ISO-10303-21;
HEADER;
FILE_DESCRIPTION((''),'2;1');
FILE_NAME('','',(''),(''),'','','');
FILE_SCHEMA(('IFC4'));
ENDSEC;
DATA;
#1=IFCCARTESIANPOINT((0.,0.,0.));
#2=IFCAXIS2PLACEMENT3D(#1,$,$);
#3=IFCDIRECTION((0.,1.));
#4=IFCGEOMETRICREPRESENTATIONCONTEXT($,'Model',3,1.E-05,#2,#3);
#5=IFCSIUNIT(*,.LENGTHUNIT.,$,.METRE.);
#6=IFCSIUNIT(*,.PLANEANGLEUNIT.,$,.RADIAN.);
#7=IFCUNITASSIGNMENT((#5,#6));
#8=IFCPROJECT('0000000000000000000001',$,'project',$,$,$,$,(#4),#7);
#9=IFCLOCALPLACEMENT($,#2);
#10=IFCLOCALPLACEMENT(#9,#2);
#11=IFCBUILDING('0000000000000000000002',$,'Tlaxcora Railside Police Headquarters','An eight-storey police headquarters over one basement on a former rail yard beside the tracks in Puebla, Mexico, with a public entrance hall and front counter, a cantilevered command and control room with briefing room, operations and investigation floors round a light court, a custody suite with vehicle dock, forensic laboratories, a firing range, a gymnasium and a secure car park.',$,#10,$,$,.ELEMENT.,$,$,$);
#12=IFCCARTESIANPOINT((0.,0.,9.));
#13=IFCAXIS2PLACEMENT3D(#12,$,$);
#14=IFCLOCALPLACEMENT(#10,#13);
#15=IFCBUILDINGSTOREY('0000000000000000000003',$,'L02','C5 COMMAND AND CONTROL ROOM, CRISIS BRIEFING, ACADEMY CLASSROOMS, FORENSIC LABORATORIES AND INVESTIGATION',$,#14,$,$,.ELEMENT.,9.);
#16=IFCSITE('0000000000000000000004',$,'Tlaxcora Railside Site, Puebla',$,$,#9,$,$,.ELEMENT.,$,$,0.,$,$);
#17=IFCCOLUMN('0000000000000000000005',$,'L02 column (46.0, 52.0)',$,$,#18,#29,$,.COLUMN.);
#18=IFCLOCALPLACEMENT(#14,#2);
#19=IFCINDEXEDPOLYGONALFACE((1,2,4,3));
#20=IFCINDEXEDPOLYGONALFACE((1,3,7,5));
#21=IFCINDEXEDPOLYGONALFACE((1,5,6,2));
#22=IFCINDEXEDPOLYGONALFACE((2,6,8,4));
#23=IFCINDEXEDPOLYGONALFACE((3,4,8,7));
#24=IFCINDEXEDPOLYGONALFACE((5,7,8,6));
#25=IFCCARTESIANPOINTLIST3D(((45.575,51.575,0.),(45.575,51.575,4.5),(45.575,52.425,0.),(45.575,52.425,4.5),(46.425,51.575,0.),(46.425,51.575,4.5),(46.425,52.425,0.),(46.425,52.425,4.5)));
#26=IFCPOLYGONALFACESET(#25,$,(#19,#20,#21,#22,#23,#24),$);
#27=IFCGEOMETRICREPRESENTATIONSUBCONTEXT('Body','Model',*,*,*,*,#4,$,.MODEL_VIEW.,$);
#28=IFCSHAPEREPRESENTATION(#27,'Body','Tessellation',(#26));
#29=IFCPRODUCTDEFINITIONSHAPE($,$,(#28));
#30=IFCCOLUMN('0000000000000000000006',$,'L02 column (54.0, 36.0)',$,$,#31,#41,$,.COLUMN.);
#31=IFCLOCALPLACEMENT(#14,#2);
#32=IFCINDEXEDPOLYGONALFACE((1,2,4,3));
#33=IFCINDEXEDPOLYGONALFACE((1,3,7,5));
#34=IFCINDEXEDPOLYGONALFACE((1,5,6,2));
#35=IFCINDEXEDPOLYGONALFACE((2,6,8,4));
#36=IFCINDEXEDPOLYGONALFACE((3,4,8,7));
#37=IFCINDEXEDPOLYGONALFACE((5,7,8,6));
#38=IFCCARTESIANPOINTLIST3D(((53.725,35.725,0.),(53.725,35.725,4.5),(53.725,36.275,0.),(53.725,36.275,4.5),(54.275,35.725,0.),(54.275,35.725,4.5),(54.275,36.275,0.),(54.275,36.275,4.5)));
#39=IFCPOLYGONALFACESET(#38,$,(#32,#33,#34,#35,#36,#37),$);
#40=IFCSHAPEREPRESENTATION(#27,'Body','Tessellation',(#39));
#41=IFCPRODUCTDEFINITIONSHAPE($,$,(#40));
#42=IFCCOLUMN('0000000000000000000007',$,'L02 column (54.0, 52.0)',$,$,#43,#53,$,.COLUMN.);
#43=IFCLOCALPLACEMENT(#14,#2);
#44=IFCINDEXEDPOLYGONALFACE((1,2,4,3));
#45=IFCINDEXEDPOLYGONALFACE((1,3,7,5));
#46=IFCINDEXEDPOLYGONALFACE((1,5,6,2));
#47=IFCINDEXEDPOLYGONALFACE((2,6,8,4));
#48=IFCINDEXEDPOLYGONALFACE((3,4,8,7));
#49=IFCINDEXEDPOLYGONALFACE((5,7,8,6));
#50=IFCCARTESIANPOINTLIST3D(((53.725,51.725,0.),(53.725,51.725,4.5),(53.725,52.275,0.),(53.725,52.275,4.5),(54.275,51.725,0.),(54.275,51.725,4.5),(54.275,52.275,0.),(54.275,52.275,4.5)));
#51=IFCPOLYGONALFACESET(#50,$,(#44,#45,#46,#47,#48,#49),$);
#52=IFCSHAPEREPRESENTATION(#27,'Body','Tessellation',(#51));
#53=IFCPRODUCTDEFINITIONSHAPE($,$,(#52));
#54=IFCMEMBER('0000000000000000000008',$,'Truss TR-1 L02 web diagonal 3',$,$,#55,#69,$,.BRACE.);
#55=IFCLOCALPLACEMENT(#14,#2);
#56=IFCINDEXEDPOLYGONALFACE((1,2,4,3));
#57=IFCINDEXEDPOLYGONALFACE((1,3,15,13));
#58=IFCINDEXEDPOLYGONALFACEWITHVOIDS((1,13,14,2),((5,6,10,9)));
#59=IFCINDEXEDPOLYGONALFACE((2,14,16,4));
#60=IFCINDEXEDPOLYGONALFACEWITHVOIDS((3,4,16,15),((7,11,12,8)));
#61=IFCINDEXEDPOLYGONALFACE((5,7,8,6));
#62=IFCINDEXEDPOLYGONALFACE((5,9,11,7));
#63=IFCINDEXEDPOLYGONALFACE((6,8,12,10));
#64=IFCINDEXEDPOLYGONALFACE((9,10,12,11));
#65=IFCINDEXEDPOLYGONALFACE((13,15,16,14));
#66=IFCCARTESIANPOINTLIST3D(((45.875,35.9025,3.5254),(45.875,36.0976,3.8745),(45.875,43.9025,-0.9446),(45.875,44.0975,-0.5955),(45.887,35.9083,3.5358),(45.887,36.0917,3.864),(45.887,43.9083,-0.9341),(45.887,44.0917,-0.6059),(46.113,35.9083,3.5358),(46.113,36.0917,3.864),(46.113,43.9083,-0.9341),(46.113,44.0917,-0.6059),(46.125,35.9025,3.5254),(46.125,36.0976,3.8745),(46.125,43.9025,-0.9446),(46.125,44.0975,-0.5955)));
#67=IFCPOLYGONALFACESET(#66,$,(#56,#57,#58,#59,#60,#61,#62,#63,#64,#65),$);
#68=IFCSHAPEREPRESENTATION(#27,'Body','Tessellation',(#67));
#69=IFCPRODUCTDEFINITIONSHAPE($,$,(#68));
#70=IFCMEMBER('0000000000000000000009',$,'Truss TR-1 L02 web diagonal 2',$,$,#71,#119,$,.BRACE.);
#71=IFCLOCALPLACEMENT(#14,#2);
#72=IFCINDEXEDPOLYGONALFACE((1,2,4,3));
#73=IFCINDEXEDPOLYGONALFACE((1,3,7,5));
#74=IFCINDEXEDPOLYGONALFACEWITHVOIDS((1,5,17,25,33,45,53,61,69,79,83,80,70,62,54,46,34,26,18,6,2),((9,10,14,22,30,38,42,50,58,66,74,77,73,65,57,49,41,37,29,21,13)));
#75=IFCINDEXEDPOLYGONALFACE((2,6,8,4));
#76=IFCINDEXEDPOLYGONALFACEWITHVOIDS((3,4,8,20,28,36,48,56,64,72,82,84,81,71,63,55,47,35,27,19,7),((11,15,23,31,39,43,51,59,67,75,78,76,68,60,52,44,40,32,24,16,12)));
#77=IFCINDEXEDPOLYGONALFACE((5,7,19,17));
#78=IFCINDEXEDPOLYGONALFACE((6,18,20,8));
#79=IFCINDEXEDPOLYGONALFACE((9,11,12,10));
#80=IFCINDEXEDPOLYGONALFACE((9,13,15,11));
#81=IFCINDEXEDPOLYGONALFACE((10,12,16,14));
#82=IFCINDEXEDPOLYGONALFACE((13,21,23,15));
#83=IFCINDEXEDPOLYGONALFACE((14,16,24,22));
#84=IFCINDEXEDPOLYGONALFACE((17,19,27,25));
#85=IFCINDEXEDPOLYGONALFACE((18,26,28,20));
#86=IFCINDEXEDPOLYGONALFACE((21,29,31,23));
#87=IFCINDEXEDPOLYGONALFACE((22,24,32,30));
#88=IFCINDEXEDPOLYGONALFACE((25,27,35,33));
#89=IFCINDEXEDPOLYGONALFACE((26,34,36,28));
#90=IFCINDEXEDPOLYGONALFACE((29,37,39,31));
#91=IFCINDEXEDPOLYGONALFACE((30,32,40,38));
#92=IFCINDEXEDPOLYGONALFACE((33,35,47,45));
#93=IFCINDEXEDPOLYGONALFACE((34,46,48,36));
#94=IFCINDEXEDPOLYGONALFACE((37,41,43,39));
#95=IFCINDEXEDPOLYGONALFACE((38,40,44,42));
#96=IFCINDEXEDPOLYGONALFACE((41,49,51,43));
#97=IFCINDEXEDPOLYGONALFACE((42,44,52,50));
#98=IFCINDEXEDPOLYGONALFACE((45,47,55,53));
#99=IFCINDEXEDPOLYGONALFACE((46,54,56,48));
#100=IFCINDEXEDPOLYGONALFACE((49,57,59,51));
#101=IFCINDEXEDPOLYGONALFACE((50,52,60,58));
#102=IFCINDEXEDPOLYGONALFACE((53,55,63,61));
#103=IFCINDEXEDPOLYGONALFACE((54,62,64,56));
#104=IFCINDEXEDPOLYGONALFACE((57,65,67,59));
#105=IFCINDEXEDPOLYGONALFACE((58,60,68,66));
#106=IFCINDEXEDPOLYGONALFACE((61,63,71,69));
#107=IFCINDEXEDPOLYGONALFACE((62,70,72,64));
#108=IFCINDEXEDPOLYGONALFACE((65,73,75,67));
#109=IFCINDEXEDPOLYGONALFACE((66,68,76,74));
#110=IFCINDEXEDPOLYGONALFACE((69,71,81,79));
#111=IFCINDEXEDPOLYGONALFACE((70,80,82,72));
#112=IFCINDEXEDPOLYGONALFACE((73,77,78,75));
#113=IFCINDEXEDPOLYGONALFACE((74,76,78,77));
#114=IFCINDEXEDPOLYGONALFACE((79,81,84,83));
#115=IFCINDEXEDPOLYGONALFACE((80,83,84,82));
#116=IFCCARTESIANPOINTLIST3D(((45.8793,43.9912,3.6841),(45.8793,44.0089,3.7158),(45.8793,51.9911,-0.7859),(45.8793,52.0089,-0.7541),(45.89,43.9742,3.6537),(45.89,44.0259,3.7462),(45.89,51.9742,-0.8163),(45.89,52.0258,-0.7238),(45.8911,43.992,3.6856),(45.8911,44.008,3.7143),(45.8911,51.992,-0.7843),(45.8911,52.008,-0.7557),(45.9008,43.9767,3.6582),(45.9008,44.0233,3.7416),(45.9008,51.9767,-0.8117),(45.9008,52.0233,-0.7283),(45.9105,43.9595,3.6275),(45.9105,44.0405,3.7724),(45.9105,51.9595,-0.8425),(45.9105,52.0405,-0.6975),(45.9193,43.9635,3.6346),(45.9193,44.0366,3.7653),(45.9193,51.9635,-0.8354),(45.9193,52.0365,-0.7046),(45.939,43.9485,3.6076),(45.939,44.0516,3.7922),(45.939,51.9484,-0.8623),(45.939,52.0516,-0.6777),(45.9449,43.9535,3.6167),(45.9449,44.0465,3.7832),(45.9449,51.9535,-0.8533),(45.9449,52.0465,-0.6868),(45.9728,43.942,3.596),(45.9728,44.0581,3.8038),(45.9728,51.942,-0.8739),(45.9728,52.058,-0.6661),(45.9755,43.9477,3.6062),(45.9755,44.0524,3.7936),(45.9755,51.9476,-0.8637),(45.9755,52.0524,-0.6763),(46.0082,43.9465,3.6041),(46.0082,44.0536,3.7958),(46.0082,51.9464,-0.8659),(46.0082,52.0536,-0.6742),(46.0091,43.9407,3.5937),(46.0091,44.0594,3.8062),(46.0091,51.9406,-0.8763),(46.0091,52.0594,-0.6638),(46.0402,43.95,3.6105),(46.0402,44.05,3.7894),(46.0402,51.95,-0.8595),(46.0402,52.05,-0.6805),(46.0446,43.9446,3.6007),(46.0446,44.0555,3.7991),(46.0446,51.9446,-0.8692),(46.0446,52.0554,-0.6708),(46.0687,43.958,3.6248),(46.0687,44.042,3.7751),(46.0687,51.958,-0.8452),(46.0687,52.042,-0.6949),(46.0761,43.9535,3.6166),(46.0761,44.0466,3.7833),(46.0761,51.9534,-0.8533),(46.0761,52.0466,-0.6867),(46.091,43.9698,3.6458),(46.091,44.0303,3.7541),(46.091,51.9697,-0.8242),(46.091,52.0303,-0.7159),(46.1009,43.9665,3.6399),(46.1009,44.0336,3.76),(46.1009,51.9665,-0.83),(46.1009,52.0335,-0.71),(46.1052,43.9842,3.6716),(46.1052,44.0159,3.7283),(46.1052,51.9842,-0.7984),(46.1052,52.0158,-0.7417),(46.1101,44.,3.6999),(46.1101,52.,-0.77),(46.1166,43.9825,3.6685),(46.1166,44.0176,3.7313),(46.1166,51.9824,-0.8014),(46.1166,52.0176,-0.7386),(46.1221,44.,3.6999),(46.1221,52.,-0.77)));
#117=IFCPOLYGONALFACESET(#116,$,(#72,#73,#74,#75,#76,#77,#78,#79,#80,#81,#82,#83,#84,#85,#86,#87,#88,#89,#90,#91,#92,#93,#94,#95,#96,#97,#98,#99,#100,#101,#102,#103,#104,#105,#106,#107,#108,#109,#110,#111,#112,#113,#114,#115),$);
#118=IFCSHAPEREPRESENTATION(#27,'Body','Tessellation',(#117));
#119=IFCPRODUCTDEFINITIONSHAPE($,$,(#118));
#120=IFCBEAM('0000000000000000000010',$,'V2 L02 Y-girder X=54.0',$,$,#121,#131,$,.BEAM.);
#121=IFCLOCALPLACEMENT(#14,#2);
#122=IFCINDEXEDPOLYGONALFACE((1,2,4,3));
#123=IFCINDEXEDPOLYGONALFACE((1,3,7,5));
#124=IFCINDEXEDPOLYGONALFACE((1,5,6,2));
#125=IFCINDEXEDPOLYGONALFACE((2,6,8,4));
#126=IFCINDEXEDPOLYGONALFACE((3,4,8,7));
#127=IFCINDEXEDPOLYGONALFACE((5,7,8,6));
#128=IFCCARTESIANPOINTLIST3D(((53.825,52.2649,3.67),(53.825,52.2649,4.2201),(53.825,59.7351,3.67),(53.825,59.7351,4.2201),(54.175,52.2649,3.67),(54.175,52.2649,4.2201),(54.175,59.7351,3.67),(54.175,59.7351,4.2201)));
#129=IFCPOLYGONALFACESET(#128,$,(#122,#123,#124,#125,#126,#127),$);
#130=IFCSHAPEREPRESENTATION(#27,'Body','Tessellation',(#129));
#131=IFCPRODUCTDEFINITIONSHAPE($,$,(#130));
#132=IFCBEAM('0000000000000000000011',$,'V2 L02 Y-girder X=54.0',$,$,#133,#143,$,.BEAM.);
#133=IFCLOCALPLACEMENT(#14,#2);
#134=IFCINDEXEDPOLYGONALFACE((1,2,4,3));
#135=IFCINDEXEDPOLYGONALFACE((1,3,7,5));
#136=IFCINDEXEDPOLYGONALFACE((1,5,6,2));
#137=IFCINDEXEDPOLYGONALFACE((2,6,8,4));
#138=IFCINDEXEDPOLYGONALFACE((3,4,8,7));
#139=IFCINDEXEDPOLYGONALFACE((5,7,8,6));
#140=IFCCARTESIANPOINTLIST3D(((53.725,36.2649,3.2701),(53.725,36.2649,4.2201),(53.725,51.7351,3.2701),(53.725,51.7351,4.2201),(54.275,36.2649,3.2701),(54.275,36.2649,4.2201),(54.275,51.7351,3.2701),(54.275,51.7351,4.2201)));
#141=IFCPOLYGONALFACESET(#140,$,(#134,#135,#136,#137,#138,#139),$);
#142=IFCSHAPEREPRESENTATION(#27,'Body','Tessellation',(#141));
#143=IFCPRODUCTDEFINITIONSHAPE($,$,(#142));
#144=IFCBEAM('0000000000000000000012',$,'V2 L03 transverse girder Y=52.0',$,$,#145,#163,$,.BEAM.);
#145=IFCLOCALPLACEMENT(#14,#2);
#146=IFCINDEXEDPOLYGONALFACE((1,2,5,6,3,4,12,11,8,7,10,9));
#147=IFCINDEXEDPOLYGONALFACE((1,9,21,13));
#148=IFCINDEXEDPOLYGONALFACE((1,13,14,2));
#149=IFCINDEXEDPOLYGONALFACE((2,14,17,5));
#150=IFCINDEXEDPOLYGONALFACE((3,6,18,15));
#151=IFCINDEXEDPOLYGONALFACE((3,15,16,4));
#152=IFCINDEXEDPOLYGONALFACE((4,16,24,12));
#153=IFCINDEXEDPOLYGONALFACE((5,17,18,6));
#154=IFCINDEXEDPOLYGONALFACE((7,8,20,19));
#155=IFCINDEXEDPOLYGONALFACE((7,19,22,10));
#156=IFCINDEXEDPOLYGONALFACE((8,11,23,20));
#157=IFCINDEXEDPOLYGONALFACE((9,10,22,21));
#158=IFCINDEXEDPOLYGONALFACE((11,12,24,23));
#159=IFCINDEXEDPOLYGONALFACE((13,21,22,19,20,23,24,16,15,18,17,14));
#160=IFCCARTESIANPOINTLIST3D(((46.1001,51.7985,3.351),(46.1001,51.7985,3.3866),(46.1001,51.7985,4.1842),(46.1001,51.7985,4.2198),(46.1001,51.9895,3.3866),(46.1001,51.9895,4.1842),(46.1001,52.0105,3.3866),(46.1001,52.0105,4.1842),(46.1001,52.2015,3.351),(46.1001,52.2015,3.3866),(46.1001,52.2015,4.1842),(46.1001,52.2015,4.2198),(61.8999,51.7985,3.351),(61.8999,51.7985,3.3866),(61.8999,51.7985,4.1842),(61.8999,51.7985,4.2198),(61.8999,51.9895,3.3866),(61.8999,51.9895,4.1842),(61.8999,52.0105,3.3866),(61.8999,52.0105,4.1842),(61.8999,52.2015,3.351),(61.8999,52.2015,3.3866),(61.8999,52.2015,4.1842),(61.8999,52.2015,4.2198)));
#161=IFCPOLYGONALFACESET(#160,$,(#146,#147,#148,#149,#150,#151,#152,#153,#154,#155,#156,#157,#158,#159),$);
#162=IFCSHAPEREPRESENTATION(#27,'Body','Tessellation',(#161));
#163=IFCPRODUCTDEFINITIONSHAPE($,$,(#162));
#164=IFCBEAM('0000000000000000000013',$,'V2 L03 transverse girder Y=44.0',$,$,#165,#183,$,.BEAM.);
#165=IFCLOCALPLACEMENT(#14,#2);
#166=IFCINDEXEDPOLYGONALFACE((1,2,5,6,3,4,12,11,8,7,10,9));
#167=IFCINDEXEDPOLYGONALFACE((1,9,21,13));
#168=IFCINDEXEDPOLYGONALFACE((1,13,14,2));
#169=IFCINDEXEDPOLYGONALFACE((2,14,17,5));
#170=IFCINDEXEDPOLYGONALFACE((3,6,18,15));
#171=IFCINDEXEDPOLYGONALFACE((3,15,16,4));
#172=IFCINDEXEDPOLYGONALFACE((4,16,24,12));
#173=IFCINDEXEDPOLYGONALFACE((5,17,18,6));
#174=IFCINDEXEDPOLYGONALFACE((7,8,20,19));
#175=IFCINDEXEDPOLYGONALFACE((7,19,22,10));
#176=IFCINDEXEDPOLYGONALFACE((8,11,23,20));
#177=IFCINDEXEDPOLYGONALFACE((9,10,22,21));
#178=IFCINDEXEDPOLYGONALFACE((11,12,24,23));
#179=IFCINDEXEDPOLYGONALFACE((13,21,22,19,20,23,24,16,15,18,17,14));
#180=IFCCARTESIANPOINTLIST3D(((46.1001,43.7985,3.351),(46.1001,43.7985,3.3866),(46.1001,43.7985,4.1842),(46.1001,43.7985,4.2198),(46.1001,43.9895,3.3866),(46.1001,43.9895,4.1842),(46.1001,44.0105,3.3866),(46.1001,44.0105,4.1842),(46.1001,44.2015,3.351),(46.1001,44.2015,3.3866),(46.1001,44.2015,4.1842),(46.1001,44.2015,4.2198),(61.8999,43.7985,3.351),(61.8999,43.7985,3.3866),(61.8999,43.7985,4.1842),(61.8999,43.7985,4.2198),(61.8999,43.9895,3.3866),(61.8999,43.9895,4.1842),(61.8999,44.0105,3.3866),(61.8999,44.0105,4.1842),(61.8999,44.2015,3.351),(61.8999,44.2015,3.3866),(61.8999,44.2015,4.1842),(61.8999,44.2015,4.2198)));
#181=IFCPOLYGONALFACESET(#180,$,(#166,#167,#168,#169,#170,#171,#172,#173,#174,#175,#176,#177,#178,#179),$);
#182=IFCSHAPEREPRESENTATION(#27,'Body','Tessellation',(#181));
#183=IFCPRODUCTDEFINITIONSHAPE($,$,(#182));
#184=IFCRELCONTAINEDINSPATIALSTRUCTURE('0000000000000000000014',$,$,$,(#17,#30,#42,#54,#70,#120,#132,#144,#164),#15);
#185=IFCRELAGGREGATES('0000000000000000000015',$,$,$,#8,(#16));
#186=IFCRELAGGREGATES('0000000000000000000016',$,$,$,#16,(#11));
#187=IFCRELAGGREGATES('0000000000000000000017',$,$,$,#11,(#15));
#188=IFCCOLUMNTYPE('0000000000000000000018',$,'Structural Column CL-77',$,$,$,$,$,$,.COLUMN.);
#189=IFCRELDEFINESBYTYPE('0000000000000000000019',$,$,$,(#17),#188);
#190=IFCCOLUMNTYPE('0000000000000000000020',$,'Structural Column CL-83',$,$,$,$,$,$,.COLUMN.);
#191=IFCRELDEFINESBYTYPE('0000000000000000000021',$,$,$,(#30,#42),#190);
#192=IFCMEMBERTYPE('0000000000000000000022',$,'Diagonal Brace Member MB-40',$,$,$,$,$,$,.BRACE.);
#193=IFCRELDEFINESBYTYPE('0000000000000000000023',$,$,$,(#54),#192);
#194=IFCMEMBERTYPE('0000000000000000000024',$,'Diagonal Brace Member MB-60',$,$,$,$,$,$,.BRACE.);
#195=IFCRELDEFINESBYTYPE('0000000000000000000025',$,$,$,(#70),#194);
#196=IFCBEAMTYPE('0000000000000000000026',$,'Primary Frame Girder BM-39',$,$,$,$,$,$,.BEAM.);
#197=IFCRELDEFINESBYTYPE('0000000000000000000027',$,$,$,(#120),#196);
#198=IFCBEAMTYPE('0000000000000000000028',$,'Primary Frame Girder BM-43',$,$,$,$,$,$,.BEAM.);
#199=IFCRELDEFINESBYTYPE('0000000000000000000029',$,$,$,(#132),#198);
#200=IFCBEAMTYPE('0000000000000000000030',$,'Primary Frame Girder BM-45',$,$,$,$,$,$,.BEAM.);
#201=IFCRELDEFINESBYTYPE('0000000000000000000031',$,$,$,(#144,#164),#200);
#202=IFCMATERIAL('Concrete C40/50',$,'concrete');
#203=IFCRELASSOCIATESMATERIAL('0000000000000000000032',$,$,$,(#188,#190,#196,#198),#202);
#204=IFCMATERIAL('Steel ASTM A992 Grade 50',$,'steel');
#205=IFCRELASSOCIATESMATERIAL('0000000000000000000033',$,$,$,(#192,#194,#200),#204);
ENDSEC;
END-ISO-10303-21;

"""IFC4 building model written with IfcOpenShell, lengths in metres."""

from ifc_helpers import new_model, si_unit, direction, frame, origin, origin_2d, place, context, subcontext, project, spatial, rectangle, hollow_rectangle, hollow_circle, i_section, extrude, material, material_profile, profile_set, type_object, element, save


model = new_model("IFC4")

# Units and contexts
model_context = context("Model", 3, precision=1e-05, world=origin(), true_north=direction((0.0, 1.0)))
body_context = subcontext(model_context, "Body", "Model", "MODEL_VIEW")
ifc_project = project(units=[si_unit("LENGTHUNIT", "METRE"), si_unit("PLANEANGLEUNIT", "RADIAN")], contexts=[model_context])

# Site, building, storey
site_placement = place(None, origin())
site = spatial("IfcSite", under=ifc_project, at=site_placement, Name="Tlaxcora Railside Site, Puebla", CompositionType="ELEMENT", RefElevation=0.0)
building_placement = place(site_placement, origin())
building = spatial("IfcBuilding", under=site, at=building_placement, Name="Tlaxcora Railside Police Headquarters", Description="An eight-storey police headquarters over one basement on a former rail yard beside the tracks in Puebla, Mexico, with a public entrance hall and front counter, a cantilevered command and control room with briefing room, operations and investigation floors round a light court, a custody suite with vehicle dock, forensic laboratories, a firing range, a gymnasium and a secure car park.", CompositionType="ELEMENT")
storey_placement = place(building_placement, frame((0.0, 0.0, 9.0)))
storey = spatial("IfcBuildingStorey", under=building, at=storey_placement, Name="L02", Description="C5 COMMAND AND CONTROL ROOM, CRISIS BRIEFING, ACADEMY CLASSROOMS, FORENSIC LABORATORIES AND INVESTIGATION", CompositionType="ELEMENT", Elevation=9.0)

# Columns
ifc_material_1 = material(Name="Concrete C40/50", Category="concrete")
ifc_material_profile_1 = material_profile(ifc_material_1, rectangle(XDim=0.8501, YDim=0.8501, at=origin_2d()), Name="RC850X850")
ifc_profile_set_1 = profile_set([ifc_material_profile_1], Name="Concrete C40/50")
column_type_1 = type_object("IfcColumnType", Name="Structural Column CL-77", PredefinedType="COLUMN", material=ifc_profile_set_1)
column_placement = place(storey_placement, frame((46.0, 52.0, 0.0), z_axis=(0.0, 0.0, 1.0), x_axis=(1.0, 0.0, 0.0)))
element("IfcColumn", 1, at=column_placement, inside=storey, type_object=column_type_1, Name="L02 column (46.0, 52.0)", PredefinedType="COLUMN", context=body_context, shape_type="SweptSolid", body=[
    extrude(rectangle(XDim=0.8501, YDim=0.8501, at=origin_2d()), origin(), (0.0, 0.0, 1.0), 4.5),
])
ifc_material_profile_2 = material_profile(ifc_material_1, rectangle(XDim=0.55, YDim=0.55, at=origin_2d()), Name="RC550X550")
ifc_profile_set_2 = profile_set([ifc_material_profile_2], Name="Concrete C40/50")
column_type_2 = type_object("IfcColumnType", Name="Structural Column CL-83", PredefinedType="COLUMN", material=ifc_profile_set_2)
for number, where, z_axis, x_axis, name in (
    (2, (54.0, 36.0, 0.0), (0.0, 0.0, 1.0), (1.0, 0.0, 0.0), "L02 column (54.0, 36.0)"),
    (3, (54.0, 52.0, 0.0), (0.0, 0.0, 1.0), (1.0, 0.0, 0.0), "L02 column (54.0, 52.0)"),
):
    element("IfcColumn", number, at=place(storey_placement, frame(where, z_axis=z_axis, x_axis=x_axis)), inside=storey, type_object=column_type_2, Name=name, PredefinedType="COLUMN", context=body_context, shape_type="SweptSolid", body=[
        extrude(rectangle(XDim=0.55, YDim=0.55, at=origin_2d()), origin(), (0.0, 0.0, 1.0), 4.5),
    ])

# Members
ifc_material_2 = material(Name="Steel ASTM A992 Grade 50", Category="steel")
ifc_material_profile_3 = material_profile(ifc_material_2, hollow_rectangle(XDim=0.25, YDim=0.3999, WallThickness=0.012, at=origin_2d()), Name="HSS400X250X12")
ifc_profile_set_3 = profile_set([ifc_material_profile_3], Name="Steel ASTM A992 Grade 50")
member_type_1 = type_object("IfcMemberType", Name="Diagonal Brace Member MB-40", PredefinedType="BRACE", material=ifc_profile_set_3)
member_1_placement = place(storey_placement, frame((46.0, 44.0, -0.77), z_axis=(0.0, -0.872972, 0.48777), x_axis=(1.0, 0.0, 0.0)))
element("IfcMember", 4, at=member_1_placement, inside=storey, type_object=member_type_1, Name="Truss TR-1 L02 web diagonal 3", PredefinedType="BRACE", context=body_context, shape_type="SweptSolid", body=[
    extrude(hollow_rectangle(XDim=0.25, YDim=0.3999, WallThickness=0.012, at=origin_2d()), origin(), (0.0, 0.0, 1.0), 9.1641),
])
ifc_material_profile_4 = material_profile(ifc_material_2, hollow_circle(Radius=0.1221, WallThickness=0.012, at=origin_2d()), Name="CHS244X12")
ifc_profile_set_4 = profile_set([ifc_material_profile_4], Name="Steel ASTM A992 Grade 50")
member_type_2 = type_object("IfcMemberType", Name="Diagonal Brace Member MB-60", PredefinedType="BRACE", material=ifc_profile_set_4)
member_2_placement = place(storey_placement, frame((46.0, 52.0, -0.77), z_axis=(0.0, -0.872972, 0.48777), x_axis=(1.0, 0.0, 0.0)))
element("IfcMember", 5, at=member_2_placement, inside=storey, type_object=member_type_2, Name="Truss TR-1 L02 web diagonal 2", PredefinedType="BRACE", context=body_context, shape_type="SweptSolid", body=[
    extrude(hollow_circle(Radius=0.1221, WallThickness=0.012, at=origin_2d()), origin(), (0.0, 0.0, 1.0), 9.1641),
])

# Beams
ifc_material_profile_5 = material_profile(ifc_material_1, rectangle(XDim=0.3501, YDim=0.55, at=origin_2d()), Name="RC350X550")
ifc_profile_set_5 = profile_set([ifc_material_profile_5], Name="Concrete C40/50")
beam_type_1 = type_object("IfcBeamType", Name="Primary Frame Girder BM-39", PredefinedType="BEAM", material=ifc_profile_set_5)
beam_1_placement = place(storey_placement, frame((54.0, 52.2649, 3.9451), z_axis=(0.0, 1.0, 0.0), x_axis=(-1.0, 0.0, 0.0)))
element("IfcBeam", 6, at=beam_1_placement, inside=storey, type_object=beam_type_1, Name="V2 L02 Y-girder X=54.0", PredefinedType="BEAM", context=body_context, shape_type="SweptSolid", body=[
    extrude(rectangle(XDim=0.3501, YDim=0.55, at=origin_2d()), origin(), (0.0, 0.0, 1.0), 7.4702),
])
ifc_material_profile_6 = material_profile(ifc_material_1, rectangle(XDim=0.55, YDim=0.95, at=origin_2d()), Name="RC550X950")
ifc_profile_set_6 = profile_set([ifc_material_profile_6], Name="Concrete C40/50")
beam_type_2 = type_object("IfcBeamType", Name="Primary Frame Girder BM-43", PredefinedType="BEAM", material=ifc_profile_set_6)
beam_2_placement = place(storey_placement, frame((54.0, 36.2649, 3.7451), z_axis=(0.0, 1.0, 0.0), x_axis=(-1.0, 0.0, 0.0)))
element("IfcBeam", 7, at=beam_2_placement, inside=storey, type_object=beam_type_2, Name="V2 L02 Y-girder X=54.0", PredefinedType="BEAM", context=body_context, shape_type="SweptSolid", body=[
    extrude(rectangle(XDim=0.55, YDim=0.95, at=origin_2d()), origin(), (0.0, 0.0, 1.0), 15.4702),
])
ifc_material_profile_7 = material_profile(ifc_material_2, i_section(OverallWidth=0.4031, OverallDepth=0.8689, WebThickness=0.021, FlangeThickness=0.0356, at=origin_2d()), Name="W33X241")
ifc_profile_set_7 = profile_set([ifc_material_profile_7], Name="Steel ASTM A992 Grade 50")
beam_type_3 = type_object("IfcBeamType", Name="Primary Frame Girder BM-45", PredefinedType="BEAM", material=ifc_profile_set_7)
for number, where, z_axis, x_axis, name in (
    (8, (46.1001, 52.0, 3.7854), (1.0, 0.0, 0.0), (0.0, 1.0, 0.0), "V2 L03 transverse girder Y=52.0"),
    (9, (46.1001, 44.0, 3.7854), (1.0, 0.0, 0.0), (0.0, 1.0, 0.0), "V2 L03 transverse girder Y=44.0"),
):
    element("IfcBeam", number, at=place(storey_placement, frame(where, z_axis=z_axis, x_axis=x_axis)), inside=storey, type_object=beam_type_3, Name=name, PredefinedType="BEAM", context=body_context, shape_type="SweptSolid", body=[
        extrude(i_section(OverallWidth=0.4031, OverallDepth=0.8689, WebThickness=0.021, FlangeThickness=0.0356, at=origin_2d()), origin(), (0.0, 0.0, 1.0), 15.7998),
    ])

save(model, "model.ifc")
